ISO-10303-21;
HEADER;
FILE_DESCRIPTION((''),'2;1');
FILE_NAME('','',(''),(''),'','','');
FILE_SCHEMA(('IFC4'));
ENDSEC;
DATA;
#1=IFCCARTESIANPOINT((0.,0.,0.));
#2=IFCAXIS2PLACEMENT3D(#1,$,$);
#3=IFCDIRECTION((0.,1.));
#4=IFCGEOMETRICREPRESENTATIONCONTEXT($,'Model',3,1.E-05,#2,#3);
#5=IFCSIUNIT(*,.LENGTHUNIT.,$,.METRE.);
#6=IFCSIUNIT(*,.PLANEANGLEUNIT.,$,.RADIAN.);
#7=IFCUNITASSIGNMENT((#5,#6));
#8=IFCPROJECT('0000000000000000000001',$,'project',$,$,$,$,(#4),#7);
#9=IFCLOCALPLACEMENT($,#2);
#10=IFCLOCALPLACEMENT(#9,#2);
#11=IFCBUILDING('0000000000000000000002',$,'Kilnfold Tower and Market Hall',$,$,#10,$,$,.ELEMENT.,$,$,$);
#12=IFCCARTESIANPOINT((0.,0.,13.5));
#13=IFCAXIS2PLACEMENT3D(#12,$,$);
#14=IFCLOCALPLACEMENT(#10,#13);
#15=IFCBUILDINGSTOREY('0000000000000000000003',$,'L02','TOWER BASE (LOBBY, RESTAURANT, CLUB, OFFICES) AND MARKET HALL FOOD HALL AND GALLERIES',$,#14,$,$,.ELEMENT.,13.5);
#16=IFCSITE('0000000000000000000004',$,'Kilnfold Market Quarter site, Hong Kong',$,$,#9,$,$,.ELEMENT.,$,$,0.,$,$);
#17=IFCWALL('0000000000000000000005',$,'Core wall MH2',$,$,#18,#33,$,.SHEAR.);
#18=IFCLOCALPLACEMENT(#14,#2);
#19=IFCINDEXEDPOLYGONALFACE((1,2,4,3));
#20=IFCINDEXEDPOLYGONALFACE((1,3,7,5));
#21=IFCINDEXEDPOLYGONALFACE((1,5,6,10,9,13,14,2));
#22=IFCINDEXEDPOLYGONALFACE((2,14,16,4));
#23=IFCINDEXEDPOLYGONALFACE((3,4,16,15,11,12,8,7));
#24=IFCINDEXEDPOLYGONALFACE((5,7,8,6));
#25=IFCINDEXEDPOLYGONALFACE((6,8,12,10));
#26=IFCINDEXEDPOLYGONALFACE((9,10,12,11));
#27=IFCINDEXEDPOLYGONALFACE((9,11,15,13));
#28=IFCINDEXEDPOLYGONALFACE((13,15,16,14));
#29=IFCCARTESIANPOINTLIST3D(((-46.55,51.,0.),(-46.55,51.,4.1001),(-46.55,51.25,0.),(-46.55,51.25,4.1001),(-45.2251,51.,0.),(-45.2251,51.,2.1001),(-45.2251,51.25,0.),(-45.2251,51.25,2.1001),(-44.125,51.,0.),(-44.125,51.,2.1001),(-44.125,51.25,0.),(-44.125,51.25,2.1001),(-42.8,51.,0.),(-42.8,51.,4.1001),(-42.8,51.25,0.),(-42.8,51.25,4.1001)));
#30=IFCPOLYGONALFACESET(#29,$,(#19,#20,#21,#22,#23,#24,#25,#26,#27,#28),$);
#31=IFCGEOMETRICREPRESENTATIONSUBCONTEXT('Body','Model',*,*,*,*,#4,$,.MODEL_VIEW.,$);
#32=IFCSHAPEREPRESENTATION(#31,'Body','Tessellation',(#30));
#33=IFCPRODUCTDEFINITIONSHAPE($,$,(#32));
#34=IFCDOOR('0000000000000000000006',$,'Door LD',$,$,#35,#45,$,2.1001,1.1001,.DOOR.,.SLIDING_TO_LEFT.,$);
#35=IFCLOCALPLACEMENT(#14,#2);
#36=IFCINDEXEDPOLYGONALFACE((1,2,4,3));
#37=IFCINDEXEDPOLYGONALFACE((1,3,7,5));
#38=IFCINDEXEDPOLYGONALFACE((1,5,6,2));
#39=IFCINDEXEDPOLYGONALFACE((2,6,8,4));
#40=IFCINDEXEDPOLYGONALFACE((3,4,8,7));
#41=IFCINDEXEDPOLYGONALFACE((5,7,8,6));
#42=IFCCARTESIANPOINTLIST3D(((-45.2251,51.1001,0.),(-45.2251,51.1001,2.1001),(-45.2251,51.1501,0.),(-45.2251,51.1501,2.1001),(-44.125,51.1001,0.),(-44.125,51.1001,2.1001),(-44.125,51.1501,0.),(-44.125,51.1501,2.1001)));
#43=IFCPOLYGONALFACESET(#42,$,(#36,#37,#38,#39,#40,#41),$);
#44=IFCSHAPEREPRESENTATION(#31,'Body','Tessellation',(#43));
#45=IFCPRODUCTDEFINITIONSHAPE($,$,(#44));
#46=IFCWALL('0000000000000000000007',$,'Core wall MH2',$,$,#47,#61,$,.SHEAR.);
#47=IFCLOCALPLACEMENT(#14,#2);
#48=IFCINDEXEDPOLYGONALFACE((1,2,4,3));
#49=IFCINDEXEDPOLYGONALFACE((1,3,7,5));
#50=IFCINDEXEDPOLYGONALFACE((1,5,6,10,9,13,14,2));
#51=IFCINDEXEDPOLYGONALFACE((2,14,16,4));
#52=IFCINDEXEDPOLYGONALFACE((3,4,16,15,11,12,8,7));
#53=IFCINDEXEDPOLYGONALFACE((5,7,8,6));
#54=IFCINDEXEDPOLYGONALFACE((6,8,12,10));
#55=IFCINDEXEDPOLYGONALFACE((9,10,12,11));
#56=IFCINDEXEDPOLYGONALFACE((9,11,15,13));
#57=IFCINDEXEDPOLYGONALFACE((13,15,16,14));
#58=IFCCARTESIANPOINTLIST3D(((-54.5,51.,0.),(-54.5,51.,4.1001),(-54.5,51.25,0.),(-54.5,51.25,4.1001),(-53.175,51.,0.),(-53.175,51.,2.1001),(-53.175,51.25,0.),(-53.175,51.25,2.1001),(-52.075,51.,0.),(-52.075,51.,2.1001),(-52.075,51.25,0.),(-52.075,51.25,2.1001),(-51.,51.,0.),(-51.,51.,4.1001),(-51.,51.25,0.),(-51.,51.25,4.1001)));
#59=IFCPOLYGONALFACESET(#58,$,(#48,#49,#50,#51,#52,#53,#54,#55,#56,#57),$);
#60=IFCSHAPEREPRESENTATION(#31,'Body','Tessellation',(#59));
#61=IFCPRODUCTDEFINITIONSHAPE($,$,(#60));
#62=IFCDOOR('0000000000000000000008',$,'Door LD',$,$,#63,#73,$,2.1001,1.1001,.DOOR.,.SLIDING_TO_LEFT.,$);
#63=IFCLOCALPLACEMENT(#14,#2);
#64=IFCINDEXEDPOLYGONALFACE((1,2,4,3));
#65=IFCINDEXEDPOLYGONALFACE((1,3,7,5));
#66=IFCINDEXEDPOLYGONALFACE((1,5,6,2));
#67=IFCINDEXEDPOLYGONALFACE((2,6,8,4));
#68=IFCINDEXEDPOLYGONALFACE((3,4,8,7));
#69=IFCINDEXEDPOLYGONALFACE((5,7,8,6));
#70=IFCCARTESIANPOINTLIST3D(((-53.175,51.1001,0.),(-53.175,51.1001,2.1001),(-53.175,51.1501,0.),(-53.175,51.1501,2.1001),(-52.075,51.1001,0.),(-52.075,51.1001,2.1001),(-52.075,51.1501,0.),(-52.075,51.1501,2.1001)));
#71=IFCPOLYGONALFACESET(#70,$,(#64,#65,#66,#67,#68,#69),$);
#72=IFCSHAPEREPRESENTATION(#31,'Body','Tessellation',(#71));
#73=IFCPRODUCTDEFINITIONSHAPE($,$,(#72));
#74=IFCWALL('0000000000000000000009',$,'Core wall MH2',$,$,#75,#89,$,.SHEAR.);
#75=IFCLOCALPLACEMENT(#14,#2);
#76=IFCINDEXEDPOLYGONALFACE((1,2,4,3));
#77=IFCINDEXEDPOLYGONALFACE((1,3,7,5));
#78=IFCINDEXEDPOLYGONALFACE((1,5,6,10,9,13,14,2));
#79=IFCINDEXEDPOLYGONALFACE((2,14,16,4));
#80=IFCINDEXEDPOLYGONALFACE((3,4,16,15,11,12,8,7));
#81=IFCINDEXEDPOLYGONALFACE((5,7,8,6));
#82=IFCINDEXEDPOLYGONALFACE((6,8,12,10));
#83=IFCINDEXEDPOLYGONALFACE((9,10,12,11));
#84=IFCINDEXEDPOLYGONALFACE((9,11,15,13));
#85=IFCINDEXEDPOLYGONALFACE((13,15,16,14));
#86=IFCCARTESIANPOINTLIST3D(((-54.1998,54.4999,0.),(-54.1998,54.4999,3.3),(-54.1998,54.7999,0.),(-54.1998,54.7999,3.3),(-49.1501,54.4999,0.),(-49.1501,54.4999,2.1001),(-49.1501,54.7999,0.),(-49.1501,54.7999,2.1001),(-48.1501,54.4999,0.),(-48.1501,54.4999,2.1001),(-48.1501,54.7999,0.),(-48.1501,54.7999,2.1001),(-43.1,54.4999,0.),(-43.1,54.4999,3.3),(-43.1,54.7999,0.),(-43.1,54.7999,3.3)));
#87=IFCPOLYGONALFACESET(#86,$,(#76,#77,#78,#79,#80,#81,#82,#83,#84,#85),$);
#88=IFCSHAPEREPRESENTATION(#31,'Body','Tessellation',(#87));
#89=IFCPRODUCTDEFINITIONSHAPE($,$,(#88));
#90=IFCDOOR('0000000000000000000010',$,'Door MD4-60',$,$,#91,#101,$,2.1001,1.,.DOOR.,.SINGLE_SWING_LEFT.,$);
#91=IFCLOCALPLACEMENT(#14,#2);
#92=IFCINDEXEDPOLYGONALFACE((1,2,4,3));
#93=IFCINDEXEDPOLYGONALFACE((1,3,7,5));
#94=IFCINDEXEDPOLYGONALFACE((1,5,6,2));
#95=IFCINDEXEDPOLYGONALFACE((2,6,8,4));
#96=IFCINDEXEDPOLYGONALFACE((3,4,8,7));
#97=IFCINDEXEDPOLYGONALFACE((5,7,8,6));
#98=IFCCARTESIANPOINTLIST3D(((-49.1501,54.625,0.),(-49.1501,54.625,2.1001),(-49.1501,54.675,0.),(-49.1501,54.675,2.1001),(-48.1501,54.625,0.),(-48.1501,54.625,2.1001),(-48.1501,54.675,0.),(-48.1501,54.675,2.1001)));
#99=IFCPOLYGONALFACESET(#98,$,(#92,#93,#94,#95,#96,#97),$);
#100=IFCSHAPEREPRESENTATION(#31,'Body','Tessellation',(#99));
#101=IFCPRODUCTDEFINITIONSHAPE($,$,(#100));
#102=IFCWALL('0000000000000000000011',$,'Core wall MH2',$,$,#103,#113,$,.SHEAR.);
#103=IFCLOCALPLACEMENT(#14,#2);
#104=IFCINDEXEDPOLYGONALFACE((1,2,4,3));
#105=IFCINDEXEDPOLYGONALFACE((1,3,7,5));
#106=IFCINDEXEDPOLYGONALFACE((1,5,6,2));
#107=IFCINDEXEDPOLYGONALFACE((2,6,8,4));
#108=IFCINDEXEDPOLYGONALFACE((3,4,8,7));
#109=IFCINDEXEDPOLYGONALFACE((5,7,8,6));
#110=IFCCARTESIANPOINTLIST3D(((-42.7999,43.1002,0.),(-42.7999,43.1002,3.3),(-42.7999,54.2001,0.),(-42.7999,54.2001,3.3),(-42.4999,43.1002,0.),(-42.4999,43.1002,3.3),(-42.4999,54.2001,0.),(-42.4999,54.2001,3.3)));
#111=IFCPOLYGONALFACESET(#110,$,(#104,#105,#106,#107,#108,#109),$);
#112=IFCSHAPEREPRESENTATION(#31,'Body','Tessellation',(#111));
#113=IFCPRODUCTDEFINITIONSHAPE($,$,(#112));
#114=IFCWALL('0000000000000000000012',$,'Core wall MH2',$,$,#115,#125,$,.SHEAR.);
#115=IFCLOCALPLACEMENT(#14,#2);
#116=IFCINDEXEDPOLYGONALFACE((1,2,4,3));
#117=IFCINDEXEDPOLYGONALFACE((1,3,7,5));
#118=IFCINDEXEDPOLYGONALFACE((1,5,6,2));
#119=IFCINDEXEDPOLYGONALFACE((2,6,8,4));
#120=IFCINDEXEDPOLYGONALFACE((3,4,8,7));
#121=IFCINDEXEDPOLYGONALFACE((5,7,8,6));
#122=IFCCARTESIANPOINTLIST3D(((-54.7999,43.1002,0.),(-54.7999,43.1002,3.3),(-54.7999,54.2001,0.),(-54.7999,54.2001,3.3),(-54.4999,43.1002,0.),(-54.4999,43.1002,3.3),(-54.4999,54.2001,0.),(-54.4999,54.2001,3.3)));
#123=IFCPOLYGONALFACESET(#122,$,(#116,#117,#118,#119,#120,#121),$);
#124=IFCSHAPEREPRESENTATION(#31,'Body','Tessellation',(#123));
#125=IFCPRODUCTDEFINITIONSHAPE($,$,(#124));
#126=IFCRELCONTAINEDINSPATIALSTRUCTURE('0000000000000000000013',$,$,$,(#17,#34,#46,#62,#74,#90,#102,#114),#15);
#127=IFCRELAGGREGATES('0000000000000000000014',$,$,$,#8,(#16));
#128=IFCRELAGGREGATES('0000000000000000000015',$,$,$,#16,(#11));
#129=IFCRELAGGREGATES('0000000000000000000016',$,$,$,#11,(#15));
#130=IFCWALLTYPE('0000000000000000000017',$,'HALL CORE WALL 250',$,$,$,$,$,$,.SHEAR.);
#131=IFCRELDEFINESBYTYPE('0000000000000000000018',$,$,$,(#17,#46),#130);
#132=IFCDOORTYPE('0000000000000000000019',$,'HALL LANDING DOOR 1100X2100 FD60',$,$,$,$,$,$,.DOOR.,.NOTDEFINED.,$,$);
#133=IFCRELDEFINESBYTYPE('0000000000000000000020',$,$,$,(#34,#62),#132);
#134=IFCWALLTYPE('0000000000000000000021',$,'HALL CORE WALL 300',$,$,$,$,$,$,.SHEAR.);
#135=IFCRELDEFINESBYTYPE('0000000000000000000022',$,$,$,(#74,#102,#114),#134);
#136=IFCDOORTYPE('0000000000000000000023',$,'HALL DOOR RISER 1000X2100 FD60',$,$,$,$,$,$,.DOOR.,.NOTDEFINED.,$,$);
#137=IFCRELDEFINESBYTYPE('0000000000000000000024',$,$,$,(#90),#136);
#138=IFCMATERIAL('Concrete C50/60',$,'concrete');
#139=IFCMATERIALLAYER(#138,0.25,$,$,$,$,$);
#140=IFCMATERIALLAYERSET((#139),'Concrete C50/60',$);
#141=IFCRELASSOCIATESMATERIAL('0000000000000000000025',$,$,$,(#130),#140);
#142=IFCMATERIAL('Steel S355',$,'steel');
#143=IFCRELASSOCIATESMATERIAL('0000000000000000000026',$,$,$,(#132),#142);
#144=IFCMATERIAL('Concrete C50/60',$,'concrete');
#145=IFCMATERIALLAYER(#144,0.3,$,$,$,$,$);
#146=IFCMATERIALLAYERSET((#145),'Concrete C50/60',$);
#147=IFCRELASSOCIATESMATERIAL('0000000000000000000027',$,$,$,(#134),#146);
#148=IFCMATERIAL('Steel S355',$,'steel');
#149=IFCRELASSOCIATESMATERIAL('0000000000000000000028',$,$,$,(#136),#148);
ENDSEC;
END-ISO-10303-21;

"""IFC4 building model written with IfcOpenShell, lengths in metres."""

from ifc_helpers import new_model, si_unit, direction, frame, frame_2d, origin, place, context, subcontext, project, spatial, rectangle, extrude, source, transform, mapped, material, layer, layer_set, type_object, element, fill, save


model = new_model("IFC4")

# Units and contexts
model_context = context("Model", 3, precision=1e-05, world=origin(), true_north=direction((0.0, 1.0)))
body_context = subcontext(model_context, "Body", "Model", "MODEL_VIEW")
ifc_project = project(units=[si_unit("LENGTHUNIT", "METRE"), si_unit("PLANEANGLEUNIT", "RADIAN")], contexts=[model_context])

# Site, building, storey
site_placement = place(None, origin())
site = spatial("IfcSite", under=ifc_project, at=site_placement, Name="Kilnfold Market Quarter site, Hong Kong", CompositionType="ELEMENT", RefElevation=0.0)
building_placement = place(site_placement, origin())
building = spatial("IfcBuilding", under=site, at=building_placement, Name="Kilnfold Tower and Market Hall", CompositionType="ELEMENT")
storey_placement = place(building_placement, frame((0.0, 0.0, 13.5)))
storey = spatial("IfcBuildingStorey", under=building, at=storey_placement, Name="L02", Description="TOWER BASE (LOBBY, RESTAURANT, CLUB, OFFICES) AND MARKET HALL FOOD HALL AND GALLERIES", CompositionType="ELEMENT", Elevation=13.5)

# Shared definitions
ifc_material_1 = material(Name="Concrete C50/60", Category="concrete")
ifc_layer_1 = layer(ifc_material_1, 0.25)
ifc_layer_set_1 = layer_set([ifc_layer_1], Name="Concrete C50/60")
wall_type_1 = type_object("IfcWallType", Name="HALL CORE WALL 250", PredefinedType="SHEAR", material=ifc_layer_set_1)

# Walls, openings, doors
shared_shape_1 = source(origin(), body_context, "Body", "SweptSolid", [
    extrude(rectangle(XDim=3.75, YDim=0.25, at=frame_2d((1.875, 0.0))), origin(), (0.0, 0.0, 1.0), 4.1001),
])
wall_1_placement = place(storey_placement, frame((-42.8, 51.125, 0.0), z_axis=(0.0, 0.0, 1.0), x_axis=(-1.0, 0.0, 0.0)))
wall_1 = element("IfcWall", 1, at=wall_1_placement, inside=storey, type_object=wall_type_1, Name="Core wall MH2", PredefinedType="SHEAR", context=body_context, shape_type="MappedRepresentation", body=[
    mapped(shared_shape_1, transform((0.0, 0.0, 0.0))),
])
opening_1_placement = place(wall_1_placement, frame((1.325, 0.0, 0.0)))
opening_1 = element("IfcOpeningElement", 2, at=opening_1_placement, cuts=wall_1, PredefinedType="OPENING", context=body_context, shape_type="SweptSolid", body=[
    extrude(rectangle(XDim=1.1001, YDim=2.1001, at=frame_2d((0.55, 1.05))), frame((0.0, 0.135, 0.0), z_axis=(0.0, -1.0, 0.0), x_axis=(1.0, 0.0, 0.0)), (0.0, 0.0, 1.0), 0.27),
])
ifc_material_2 = material(Name="Steel S355", Category="steel")
door_type_1 = type_object("IfcDoorType", Name="HALL LANDING DOOR 1100X2100 FD60", OperationType="NOTDEFINED", PredefinedType="DOOR", material=ifc_material_2)
door_1_placement = place(opening_1_placement, origin())
door_1 = element("IfcDoor", 3, at=door_1_placement, inside=storey, type_object=door_type_1, Name="Door LD", OperationType="SLIDING_TO_LEFT", OverallHeight=2.1001, OverallWidth=1.1001, PredefinedType="DOOR", context=body_context, shape_type="SweptSolid", body=[
    extrude(rectangle(XDim=1.1001, YDim=2.1001, at=frame_2d((0.55, 1.05))), frame((0.0, 0.0249, 0.0), z_axis=(0.0, -1.0, 0.0), x_axis=(1.0, 0.0, 0.0)), (0.0, 0.0, 1.0), 0.05),
])
fill(opening_1, door_1)
shared_shape_2 = source(origin(), body_context, "Body", "SweptSolid", [
    extrude(rectangle(XDim=3.5, YDim=0.25, at=frame_2d((1.75, 0.0))), origin(), (0.0, 0.0, 1.0), 4.1001),
])
wall_2_placement = place(storey_placement, frame((-51.0, 51.125, 0.0), z_axis=(0.0, 0.0, 1.0), x_axis=(-1.0, 0.0, 0.0)))
wall_2 = element("IfcWall", 4, at=wall_2_placement, inside=storey, type_object=wall_type_1, Name="Core wall MH2", PredefinedType="SHEAR", context=body_context, shape_type="MappedRepresentation", body=[
    mapped(shared_shape_2, transform((0.0, 0.0, 0.0))),
])
opening_2_placement = place(wall_2_placement, frame((1.075, 0.0, 0.0)))
opening_2 = element("IfcOpeningElement", 5, at=opening_2_placement, cuts=wall_2, PredefinedType="OPENING", context=body_context, shape_type="SweptSolid", body=[
    extrude(rectangle(XDim=1.1001, YDim=2.1001, at=frame_2d((0.55, 1.05))), frame((0.0, 0.135, 0.0), z_axis=(0.0, -1.0, 0.0), x_axis=(1.0, 0.0, 0.0)), (0.0, 0.0, 1.0), 0.27),
])
door_2_placement = place(opening_2_placement, origin())
door_2 = element("IfcDoor", 6, at=door_2_placement, inside=storey, type_object=door_type_1, Name="Door LD", OperationType="SLIDING_TO_LEFT", OverallHeight=2.1001, OverallWidth=1.1001, PredefinedType="DOOR", context=body_context, shape_type="SweptSolid", body=[
    extrude(rectangle(XDim=1.1001, YDim=2.1001, at=frame_2d((0.55, 1.05))), frame((0.0, 0.0249, 0.0), z_axis=(0.0, -1.0, 0.0), x_axis=(1.0, 0.0, 0.0)), (0.0, 0.0, 1.0), 0.05),
])
fill(opening_2, door_2)
ifc_material_3 = material(Name="Concrete C50/60", Category="concrete")
ifc_layer_2 = layer(ifc_material_3, 0.3)
ifc_layer_set_2 = layer_set([ifc_layer_2], Name="Concrete C50/60")
wall_type_2 = type_object("IfcWallType", Name="HALL CORE WALL 300", PredefinedType="SHEAR", material=ifc_layer_set_2)
shared_shape_3 = source(origin(), body_context, "Body", "SweptSolid", [
    extrude(rectangle(XDim=11.0999, YDim=0.3, at=frame_2d((5.5498, 0.0))), origin(), (0.0, 0.0, 1.0), 3.3),
])
wall_3_placement = place(storey_placement, frame((-43.1001, 54.6499, 0.0), z_axis=(0.0, 0.0, 1.0), x_axis=(-1.0, 0.0, 0.0)))
wall_3 = element("IfcWall", 7, at=wall_3_placement, inside=storey, type_object=wall_type_2, Name="Core wall MH2", PredefinedType="SHEAR", context=body_context, shape_type="MappedRepresentation", body=[
    mapped(shared_shape_3, transform((0.0, 0.0, 0.0))),
])
opening_3_placement = place(wall_3_placement, frame((5.05, 0.0, 0.0)))
opening_3 = element("IfcOpeningElement", 8, at=opening_3_placement, cuts=wall_3, PredefinedType="OPENING", context=body_context, shape_type="SweptSolid", body=[
    extrude(rectangle(XDim=1.0, YDim=2.1001, at=frame_2d((0.5, 1.05))), frame((0.0, 0.1602, 0.0), z_axis=(0.0, -1.0, 0.0), x_axis=(1.0, 0.0, 0.0)), (0.0, 0.0, 1.0), 0.3201),
])
ifc_material_4 = material(Name="Steel S355", Category="steel")
door_type_2 = type_object("IfcDoorType", Name="HALL DOOR RISER 1000X2100 FD60", OperationType="NOTDEFINED", PredefinedType="DOOR", material=ifc_material_4)
door_3_placement = place(opening_3_placement, origin())
door_3 = element("IfcDoor", 9, at=door_3_placement, inside=storey, type_object=door_type_2, Name="Door MD4-60", OperationType="SINGLE_SWING_LEFT", OverallHeight=2.1001, OverallWidth=1.0, PredefinedType="DOOR", context=body_context, shape_type="SweptSolid", body=[
    extrude(rectangle(XDim=1.0, YDim=2.1001, at=frame_2d((0.5, 1.05))), frame((0.0, 0.0249, 0.0), z_axis=(0.0, -1.0, 0.0), x_axis=(1.0, 0.0, 0.0)), (0.0, 0.0, 1.0), 0.05),
])
fill(opening_3, door_3)

# Walls
for number, where, z_axis, x_axis, name in (
    (10, (-42.6499, 54.2, 0.0), (0.0, 0.0, 1.0), (0.0, -1.0, 0.0), "Core wall MH2"),
    (11, (-54.6499, 54.2, 0.0), (0.0, 0.0, 1.0), (0.0, -1.0, 0.0), "Core wall MH2"),
):
    element("IfcWall", number, at=place(storey_placement, frame(where, z_axis=z_axis, x_axis=x_axis)), inside=storey, type_object=wall_type_2, Name=name, PredefinedType="SHEAR", context=body_context, shape_type="MappedRepresentation", body=[
        mapped(shared_shape_3, transform((0.0, 0.0, 0.0))),
    ])

save(model, "model.ifc")
